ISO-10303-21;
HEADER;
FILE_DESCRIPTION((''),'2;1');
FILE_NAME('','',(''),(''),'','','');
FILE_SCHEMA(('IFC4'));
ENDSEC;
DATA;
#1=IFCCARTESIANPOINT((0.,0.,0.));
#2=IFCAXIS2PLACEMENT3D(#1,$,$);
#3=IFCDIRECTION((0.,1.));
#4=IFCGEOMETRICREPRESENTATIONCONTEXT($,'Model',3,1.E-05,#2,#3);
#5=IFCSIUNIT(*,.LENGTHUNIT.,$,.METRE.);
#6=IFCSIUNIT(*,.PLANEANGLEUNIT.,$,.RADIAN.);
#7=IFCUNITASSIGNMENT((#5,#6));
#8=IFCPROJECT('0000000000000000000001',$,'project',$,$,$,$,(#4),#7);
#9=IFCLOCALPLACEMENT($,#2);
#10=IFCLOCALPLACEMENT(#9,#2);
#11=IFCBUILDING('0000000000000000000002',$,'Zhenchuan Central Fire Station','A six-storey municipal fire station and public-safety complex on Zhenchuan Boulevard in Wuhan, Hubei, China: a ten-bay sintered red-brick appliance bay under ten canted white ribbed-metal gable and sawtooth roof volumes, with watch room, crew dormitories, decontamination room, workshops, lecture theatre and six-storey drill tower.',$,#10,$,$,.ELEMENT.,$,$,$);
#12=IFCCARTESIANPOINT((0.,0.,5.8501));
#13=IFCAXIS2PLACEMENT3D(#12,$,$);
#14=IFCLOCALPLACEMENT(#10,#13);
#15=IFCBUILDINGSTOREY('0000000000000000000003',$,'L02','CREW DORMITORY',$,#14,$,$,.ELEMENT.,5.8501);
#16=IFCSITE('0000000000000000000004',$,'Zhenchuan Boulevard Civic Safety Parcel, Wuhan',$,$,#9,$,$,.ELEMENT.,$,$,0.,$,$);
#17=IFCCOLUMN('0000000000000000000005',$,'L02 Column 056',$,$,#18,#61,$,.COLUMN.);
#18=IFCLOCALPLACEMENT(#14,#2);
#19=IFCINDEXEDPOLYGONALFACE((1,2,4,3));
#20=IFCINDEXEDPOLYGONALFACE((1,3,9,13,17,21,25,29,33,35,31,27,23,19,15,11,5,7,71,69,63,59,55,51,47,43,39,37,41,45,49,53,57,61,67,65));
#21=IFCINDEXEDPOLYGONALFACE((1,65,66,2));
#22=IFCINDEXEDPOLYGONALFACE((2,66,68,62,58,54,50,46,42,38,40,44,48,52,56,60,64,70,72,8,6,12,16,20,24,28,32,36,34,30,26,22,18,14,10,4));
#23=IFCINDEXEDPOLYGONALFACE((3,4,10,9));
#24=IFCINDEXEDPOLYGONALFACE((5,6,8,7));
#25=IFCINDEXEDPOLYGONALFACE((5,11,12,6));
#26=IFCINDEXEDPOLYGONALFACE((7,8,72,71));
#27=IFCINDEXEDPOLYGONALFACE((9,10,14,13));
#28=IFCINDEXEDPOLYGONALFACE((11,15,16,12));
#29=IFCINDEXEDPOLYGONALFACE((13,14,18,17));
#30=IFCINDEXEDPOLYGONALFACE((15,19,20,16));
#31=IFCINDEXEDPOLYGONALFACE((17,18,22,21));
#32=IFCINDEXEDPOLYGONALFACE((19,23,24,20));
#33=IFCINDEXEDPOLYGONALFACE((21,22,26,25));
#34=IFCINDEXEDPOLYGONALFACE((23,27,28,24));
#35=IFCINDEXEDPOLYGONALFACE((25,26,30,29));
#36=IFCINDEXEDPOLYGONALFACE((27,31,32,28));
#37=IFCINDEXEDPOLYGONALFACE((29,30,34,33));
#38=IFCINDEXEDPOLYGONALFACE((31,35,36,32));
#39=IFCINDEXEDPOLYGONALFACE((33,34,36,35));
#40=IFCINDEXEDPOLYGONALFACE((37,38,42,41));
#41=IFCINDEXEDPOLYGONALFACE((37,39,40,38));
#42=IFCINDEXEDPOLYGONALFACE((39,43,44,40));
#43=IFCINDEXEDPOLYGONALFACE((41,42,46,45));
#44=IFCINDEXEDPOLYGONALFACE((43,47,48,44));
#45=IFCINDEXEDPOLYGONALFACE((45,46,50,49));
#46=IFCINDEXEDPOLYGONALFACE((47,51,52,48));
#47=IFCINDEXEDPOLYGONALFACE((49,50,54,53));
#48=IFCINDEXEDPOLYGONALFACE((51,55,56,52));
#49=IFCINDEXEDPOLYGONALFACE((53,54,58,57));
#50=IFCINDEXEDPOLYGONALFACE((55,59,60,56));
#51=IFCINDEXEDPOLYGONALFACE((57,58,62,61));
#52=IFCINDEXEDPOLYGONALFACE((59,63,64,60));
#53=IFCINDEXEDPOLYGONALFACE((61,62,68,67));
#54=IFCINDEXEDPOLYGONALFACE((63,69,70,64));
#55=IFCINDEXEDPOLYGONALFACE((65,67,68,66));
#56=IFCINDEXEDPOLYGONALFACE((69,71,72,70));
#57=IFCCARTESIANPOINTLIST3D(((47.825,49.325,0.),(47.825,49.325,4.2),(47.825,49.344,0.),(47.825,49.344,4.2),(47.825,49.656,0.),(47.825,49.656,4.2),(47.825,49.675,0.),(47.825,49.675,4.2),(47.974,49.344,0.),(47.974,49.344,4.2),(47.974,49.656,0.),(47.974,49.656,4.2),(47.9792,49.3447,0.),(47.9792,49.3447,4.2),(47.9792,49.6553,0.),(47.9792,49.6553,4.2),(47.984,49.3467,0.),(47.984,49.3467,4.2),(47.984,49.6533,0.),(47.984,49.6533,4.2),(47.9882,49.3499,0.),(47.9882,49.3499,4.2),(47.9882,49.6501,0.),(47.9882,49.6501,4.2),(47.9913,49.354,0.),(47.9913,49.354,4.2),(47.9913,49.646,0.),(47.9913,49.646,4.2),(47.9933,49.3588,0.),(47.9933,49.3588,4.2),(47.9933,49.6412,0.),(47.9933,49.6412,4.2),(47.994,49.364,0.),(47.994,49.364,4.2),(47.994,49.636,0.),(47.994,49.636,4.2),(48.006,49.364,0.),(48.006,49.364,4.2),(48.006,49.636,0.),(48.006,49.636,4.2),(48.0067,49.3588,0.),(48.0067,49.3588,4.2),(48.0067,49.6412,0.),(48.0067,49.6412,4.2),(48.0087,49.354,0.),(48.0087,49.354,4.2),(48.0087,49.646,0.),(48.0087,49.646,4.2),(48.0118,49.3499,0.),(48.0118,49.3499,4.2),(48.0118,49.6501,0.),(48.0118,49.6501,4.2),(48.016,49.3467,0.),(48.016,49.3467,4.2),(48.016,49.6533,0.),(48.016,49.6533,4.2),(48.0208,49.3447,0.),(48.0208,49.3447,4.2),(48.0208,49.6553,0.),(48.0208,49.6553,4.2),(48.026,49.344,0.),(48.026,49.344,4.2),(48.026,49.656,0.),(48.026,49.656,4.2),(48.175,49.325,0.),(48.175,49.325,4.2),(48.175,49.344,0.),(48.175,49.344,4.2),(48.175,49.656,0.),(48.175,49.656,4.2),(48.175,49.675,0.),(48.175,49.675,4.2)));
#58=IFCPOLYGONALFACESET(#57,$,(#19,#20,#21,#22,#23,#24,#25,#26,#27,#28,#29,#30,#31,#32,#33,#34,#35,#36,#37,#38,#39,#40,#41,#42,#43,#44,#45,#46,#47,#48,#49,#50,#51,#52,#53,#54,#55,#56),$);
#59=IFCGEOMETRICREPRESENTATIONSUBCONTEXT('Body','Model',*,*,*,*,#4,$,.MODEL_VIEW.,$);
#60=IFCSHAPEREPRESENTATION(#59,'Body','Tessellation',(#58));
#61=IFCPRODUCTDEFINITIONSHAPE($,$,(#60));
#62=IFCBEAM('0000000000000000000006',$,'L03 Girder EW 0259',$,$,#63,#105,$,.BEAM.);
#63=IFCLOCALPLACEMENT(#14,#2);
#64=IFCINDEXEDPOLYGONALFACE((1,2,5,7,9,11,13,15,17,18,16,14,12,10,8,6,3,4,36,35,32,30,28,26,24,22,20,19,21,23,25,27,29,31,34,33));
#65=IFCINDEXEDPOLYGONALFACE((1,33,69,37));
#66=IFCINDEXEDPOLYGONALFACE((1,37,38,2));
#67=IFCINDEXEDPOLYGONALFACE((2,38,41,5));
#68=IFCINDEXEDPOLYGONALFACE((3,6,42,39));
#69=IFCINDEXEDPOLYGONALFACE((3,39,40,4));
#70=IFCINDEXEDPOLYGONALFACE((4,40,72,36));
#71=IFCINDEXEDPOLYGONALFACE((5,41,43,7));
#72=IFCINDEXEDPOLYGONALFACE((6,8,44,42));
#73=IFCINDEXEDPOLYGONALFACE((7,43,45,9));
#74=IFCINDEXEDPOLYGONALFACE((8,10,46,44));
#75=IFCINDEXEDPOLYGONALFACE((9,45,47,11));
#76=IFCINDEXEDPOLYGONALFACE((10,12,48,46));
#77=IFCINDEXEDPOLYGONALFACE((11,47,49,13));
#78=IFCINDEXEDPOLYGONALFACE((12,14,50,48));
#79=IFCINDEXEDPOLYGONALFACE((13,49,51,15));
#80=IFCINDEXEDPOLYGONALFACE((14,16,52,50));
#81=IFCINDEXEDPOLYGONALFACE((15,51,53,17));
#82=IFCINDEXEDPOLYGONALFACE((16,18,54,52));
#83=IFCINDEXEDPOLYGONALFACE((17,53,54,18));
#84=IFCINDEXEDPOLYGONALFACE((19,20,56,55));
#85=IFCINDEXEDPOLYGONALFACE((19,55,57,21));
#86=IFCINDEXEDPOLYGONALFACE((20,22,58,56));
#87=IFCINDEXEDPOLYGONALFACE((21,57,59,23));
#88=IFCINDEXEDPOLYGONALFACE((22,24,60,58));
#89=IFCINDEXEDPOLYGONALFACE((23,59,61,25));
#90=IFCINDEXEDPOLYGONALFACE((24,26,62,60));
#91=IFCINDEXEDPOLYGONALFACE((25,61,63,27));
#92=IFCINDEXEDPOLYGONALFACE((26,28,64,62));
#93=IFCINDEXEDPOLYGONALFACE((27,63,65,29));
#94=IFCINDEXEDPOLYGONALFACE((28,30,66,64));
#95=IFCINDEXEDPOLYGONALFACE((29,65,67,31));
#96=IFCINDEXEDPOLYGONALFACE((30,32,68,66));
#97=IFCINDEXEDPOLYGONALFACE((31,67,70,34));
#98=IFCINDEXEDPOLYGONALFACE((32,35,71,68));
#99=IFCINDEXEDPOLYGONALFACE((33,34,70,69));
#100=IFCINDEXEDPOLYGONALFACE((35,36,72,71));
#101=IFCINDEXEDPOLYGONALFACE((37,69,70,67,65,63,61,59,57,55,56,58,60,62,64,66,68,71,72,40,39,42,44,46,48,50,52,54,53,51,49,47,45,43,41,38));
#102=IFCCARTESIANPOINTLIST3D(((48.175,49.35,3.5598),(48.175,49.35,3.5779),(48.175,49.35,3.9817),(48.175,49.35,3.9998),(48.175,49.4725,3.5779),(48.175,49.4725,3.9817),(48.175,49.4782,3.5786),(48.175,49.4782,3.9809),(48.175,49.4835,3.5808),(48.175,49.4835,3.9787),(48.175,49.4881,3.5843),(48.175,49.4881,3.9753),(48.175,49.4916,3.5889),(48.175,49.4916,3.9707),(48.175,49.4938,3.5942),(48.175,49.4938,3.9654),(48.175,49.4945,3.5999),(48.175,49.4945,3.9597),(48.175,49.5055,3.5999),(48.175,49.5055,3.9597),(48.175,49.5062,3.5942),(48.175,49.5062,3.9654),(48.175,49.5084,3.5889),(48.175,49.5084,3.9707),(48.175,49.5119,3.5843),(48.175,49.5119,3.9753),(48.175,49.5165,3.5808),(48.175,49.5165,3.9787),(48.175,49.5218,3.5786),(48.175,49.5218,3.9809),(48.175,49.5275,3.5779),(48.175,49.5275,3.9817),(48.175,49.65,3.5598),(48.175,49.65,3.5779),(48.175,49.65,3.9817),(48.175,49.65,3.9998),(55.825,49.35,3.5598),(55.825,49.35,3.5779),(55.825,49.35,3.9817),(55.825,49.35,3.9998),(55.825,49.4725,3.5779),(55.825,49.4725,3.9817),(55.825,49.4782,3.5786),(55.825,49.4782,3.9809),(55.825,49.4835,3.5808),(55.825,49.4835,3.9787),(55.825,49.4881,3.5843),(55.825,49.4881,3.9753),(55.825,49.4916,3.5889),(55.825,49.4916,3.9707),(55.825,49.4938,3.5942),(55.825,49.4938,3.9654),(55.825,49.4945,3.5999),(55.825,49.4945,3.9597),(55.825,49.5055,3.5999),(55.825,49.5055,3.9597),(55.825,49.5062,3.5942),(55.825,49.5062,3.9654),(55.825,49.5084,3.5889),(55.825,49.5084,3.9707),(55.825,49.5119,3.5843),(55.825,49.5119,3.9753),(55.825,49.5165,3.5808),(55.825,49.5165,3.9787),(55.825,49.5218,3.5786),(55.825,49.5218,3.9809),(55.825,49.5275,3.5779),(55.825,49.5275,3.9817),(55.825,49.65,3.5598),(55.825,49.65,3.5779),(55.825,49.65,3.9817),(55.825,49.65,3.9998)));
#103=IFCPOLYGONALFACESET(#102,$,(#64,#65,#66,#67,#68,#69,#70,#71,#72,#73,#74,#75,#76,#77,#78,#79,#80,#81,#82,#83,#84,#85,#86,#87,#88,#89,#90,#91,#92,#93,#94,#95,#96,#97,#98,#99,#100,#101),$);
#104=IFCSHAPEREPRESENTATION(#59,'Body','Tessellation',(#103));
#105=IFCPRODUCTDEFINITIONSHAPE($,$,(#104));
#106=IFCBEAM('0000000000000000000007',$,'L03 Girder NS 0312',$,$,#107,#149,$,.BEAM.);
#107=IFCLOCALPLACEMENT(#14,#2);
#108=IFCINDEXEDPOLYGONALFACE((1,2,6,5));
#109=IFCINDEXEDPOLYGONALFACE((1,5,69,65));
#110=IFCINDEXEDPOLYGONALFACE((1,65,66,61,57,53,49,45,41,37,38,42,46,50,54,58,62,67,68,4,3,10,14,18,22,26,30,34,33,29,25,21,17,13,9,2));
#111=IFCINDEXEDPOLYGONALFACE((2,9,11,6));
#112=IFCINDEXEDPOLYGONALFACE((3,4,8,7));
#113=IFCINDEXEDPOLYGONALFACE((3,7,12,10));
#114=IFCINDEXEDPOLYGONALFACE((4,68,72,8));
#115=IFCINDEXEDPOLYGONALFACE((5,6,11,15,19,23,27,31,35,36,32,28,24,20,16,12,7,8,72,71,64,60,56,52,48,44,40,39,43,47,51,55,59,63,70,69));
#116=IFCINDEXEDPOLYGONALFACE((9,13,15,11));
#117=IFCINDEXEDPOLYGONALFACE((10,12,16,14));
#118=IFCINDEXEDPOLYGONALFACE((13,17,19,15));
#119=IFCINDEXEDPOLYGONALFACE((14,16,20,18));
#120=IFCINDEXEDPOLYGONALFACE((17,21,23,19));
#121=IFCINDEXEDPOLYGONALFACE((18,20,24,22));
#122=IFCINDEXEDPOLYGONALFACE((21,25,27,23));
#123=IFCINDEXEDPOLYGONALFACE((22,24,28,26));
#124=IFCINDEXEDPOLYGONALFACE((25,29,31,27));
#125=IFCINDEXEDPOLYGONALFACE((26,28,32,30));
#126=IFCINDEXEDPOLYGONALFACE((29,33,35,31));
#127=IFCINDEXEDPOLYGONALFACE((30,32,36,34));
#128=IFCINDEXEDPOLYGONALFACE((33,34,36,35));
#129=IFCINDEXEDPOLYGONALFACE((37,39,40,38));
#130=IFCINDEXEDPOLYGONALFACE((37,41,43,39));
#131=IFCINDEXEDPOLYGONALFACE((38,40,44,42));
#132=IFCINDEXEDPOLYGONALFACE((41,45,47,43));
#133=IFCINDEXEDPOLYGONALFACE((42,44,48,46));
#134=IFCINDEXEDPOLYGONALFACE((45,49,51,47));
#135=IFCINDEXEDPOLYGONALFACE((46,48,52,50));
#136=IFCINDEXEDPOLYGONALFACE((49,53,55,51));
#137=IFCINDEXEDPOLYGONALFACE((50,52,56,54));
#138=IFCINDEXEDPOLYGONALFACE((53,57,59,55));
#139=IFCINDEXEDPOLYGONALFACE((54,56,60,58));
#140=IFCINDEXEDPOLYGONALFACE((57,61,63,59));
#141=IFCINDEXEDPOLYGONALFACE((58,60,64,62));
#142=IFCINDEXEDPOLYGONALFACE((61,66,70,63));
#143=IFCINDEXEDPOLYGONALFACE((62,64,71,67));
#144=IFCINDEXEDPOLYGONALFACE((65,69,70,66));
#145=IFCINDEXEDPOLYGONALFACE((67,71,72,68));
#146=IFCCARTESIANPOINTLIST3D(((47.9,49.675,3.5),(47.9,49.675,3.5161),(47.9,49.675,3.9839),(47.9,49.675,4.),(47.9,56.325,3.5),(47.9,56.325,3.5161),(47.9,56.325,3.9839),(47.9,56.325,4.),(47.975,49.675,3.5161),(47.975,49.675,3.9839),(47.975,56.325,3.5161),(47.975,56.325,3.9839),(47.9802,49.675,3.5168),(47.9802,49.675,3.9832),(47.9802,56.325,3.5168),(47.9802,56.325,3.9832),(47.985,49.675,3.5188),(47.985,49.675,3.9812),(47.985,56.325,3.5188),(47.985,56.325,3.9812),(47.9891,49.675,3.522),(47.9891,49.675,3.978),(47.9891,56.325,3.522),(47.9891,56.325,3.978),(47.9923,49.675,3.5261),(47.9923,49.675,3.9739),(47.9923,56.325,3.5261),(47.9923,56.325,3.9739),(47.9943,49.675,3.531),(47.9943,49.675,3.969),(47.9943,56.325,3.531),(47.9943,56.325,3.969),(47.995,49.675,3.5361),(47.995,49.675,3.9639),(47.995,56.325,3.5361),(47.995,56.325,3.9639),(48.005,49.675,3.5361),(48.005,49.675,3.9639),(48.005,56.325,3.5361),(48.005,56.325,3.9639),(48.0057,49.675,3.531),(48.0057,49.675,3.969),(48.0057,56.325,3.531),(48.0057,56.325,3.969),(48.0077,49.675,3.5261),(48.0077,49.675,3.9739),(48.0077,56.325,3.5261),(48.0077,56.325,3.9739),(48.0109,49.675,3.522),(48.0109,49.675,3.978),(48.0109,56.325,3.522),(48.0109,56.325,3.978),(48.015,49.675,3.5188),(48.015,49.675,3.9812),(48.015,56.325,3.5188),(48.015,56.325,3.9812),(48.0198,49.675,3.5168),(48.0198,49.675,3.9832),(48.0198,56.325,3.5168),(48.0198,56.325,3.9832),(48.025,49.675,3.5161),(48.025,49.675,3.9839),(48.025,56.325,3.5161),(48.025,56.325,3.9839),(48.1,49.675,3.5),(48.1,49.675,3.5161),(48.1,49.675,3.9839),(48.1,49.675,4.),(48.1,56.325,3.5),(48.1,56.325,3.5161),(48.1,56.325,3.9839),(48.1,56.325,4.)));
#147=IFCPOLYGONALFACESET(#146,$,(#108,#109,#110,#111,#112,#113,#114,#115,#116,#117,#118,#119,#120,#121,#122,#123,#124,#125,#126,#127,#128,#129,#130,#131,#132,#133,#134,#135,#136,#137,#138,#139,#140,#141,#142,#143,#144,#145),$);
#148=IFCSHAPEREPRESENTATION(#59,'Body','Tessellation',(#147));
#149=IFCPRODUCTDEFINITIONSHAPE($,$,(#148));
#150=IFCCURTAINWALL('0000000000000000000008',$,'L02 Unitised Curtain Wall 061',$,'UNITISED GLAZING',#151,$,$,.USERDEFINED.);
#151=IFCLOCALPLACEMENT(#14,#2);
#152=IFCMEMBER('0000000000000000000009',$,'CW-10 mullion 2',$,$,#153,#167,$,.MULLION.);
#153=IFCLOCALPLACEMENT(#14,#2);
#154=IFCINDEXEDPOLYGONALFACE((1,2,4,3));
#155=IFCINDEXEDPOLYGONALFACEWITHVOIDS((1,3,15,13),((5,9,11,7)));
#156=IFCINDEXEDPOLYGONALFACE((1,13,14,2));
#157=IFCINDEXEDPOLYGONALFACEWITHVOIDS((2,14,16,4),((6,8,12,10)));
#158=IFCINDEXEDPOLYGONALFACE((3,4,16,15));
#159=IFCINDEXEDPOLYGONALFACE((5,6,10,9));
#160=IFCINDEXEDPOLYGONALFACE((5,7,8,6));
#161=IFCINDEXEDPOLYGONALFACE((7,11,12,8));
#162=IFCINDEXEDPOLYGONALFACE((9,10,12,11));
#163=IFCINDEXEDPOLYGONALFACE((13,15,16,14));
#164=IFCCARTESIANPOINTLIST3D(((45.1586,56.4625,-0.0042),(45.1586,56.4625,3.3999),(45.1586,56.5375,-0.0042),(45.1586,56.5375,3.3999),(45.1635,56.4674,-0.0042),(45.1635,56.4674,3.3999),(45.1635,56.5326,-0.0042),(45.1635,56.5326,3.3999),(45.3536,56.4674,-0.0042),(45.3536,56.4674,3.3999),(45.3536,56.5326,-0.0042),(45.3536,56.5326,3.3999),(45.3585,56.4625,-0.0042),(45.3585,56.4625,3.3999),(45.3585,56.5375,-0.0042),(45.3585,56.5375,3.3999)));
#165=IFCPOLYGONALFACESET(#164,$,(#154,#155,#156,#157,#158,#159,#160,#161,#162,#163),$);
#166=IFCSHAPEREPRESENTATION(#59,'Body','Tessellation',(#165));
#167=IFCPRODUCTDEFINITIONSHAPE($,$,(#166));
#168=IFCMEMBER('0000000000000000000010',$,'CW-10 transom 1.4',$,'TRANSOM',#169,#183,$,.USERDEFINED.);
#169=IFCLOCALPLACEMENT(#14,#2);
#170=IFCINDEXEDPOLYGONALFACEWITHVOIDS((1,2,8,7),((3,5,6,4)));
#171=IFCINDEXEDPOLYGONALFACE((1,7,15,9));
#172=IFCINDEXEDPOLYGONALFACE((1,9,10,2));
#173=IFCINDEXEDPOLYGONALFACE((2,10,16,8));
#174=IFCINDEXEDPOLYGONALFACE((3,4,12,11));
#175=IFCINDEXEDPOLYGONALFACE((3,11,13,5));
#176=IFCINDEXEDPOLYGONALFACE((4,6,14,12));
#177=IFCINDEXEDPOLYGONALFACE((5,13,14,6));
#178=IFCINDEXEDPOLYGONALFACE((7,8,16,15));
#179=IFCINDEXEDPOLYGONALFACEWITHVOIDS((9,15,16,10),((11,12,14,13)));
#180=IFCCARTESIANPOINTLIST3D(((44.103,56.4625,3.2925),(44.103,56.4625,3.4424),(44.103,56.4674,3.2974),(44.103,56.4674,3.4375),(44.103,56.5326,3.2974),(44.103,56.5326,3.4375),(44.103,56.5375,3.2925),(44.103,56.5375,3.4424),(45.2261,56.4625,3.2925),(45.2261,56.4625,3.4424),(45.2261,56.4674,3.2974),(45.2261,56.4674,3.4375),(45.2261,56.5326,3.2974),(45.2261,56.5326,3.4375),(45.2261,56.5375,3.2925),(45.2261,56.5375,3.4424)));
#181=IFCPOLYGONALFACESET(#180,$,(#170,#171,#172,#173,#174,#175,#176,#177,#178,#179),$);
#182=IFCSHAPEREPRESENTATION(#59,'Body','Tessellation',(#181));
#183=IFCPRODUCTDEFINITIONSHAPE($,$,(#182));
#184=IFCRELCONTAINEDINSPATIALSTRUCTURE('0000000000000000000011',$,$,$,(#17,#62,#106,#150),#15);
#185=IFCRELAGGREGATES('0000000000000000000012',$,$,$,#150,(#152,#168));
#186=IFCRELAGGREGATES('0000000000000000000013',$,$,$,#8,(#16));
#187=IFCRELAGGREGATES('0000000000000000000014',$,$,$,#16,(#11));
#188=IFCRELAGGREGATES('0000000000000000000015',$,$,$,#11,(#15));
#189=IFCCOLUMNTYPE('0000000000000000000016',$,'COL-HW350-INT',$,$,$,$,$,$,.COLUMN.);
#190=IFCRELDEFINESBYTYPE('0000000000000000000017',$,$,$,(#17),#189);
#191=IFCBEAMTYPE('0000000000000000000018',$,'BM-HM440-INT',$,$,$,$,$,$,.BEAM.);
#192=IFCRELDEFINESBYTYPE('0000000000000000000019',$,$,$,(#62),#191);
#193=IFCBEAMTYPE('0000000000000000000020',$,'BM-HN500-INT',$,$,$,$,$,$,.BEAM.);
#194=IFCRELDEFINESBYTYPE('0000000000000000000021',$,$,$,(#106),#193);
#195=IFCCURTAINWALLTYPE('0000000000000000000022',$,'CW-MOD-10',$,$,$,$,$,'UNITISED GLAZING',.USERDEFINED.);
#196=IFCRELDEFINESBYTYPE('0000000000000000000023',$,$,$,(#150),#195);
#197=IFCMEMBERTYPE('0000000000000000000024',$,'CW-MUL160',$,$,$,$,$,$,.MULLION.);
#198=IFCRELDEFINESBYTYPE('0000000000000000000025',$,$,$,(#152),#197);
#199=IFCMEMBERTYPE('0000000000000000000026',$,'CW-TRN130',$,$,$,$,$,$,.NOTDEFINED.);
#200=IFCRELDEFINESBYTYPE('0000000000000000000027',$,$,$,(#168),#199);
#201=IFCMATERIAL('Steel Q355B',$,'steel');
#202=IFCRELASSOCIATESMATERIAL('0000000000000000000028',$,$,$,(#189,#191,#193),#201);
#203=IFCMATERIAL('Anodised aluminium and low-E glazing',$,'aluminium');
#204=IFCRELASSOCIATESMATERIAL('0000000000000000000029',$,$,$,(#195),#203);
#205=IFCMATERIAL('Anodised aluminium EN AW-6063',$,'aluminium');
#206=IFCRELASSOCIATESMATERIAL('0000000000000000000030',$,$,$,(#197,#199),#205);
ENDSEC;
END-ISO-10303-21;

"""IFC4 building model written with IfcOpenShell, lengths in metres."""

from ifc_helpers import new_model, si_unit, direction, frame, origin, origin_2d, place, context, subcontext, project, spatial, hollow_rectangle, i_section, extrude, material, material_profile, profile_set, type_object, element, aggregate, save


model = new_model("IFC4")

# Units and contexts
model_context = context("Model", 3, precision=1e-05, world=origin(), true_north=direction((0.0, 1.0)))
body_context = subcontext(model_context, "Body", "Model", "MODEL_VIEW")
ifc_project = project(units=[si_unit("LENGTHUNIT", "METRE"), si_unit("PLANEANGLEUNIT", "RADIAN")], contexts=[model_context])

# Site, building, storey
site_placement = place(None, origin())
site = spatial("IfcSite", under=ifc_project, at=site_placement, Name="Zhenchuan Boulevard Civic Safety Parcel, Wuhan", CompositionType="ELEMENT", RefElevation=0.0)
building_placement = place(site_placement, origin())
building = spatial("IfcBuilding", under=site, at=building_placement, Name="Zhenchuan Central Fire Station", Description="A six-storey municipal fire station and public-safety complex on Zhenchuan Boulevard in Wuhan, Hubei, China: a ten-bay sintered red-brick appliance bay under ten canted white ribbed-metal gable and sawtooth roof volumes, with watch room, crew dormitories, decontamination room, workshops, lecture theatre and six-storey drill tower.", CompositionType="ELEMENT")
storey_placement = place(building_placement, frame((0.0, 0.0, 5.8501)))
storey = spatial("IfcBuildingStorey", under=building, at=storey_placement, Name="L02", Description="CREW DORMITORY", CompositionType="ELEMENT", Elevation=5.8501)

# Column
ifc_material_1 = material(Name="Steel Q355B", Category="steel")
ifc_material_profile_1 = material_profile(ifc_material_1, i_section(OverallWidth=0.3501, OverallDepth=0.3501, WebThickness=0.012, FlangeThickness=0.019, FilletRadius=0.02, at=origin_2d()), Name="HW 350x350")
ifc_profile_set_1 = profile_set([ifc_material_profile_1], Name="Steel Q355B")
column_type = type_object("IfcColumnType", Name="COL-HW350-INT", PredefinedType="COLUMN", material=ifc_profile_set_1)
column_placement = place(storey_placement, frame((48.0, 49.5, 0.0), z_axis=(0.0, 0.0, 1.0), x_axis=(1.0, 0.0, 0.0)))
element("IfcColumn", 1, at=column_placement, inside=storey, type_object=column_type, Name="L02 Column 056", PredefinedType="COLUMN", context=body_context, shape_type="SweptSolid", body=[
    extrude(i_section(OverallWidth=0.3501, OverallDepth=0.3501, WebThickness=0.012, FlangeThickness=0.019, FilletRadius=0.02, at=origin_2d()), origin(), (0.0, 0.0, 1.0), 4.2),
])

# Beams
ifc_material_profile_2 = material_profile(ifc_material_1, i_section(OverallWidth=0.3, OverallDepth=0.4399, WebThickness=0.011, FlangeThickness=0.0181, FilletRadius=0.022, at=origin_2d()), Name="HM 440x300")
ifc_profile_set_2 = profile_set([ifc_material_profile_2], Name="Steel Q355B")
beam_type_1 = type_object("IfcBeamType", Name="BM-HM440-INT", PredefinedType="BEAM", material=ifc_profile_set_2)
beam_1_placement = place(storey_placement, frame((48.175, 49.5, 3.7798), z_axis=(1.0, 0.0, 0.0), x_axis=(0.0, 1.0, 0.0)))
element("IfcBeam", 2, at=beam_1_placement, inside=storey, type_object=beam_type_1, Name="L03 Girder EW 0259", PredefinedType="BEAM", context=body_context, shape_type="SweptSolid", body=[
    extrude(i_section(OverallWidth=0.3, OverallDepth=0.4399, WebThickness=0.011, FlangeThickness=0.0181, FilletRadius=0.022, at=origin_2d()), origin(), (0.0, 0.0, 1.0), 7.6499),
])
ifc_material_profile_3 = material_profile(ifc_material_1, i_section(OverallWidth=0.2, OverallDepth=0.5, WebThickness=0.01, FlangeThickness=0.0161, FilletRadius=0.02, at=origin_2d()), Name="HN 500x200")
ifc_profile_set_3 = profile_set([ifc_material_profile_3], Name="Steel Q355B")
beam_type_2 = type_object("IfcBeamType", Name="BM-HN500-INT", PredefinedType="BEAM", material=ifc_profile_set_3)
beam_2_placement = place(storey_placement, frame((48.0, 49.675, 3.75), z_axis=(0.0, 1.0, 0.0), x_axis=(-1.0, 0.0, 0.0)))
element("IfcBeam", 3, at=beam_2_placement, inside=storey, type_object=beam_type_2, Name="L03 Girder NS 0312", PredefinedType="BEAM", context=body_context, shape_type="SweptSolid", body=[
    extrude(i_section(OverallWidth=0.2, OverallDepth=0.5, WebThickness=0.01, FlangeThickness=0.0161, FilletRadius=0.02, at=origin_2d()), origin(), (0.0, 0.0, 1.0), 6.6499),
])

# Curtain wall, members
ifc_material_2 = material(Name="Anodised aluminium and low-E glazing", Category="aluminium")
curtain_wall_type = type_object("IfcCurtainWallType", Name="CW-MOD-10", ElementType="UNITISED GLAZING", PredefinedType="USERDEFINED", material=ifc_material_2)
curtain_wall_placement = place(storey_placement, origin())
curtain_wall = element("IfcCurtainWall", 4, at=curtain_wall_placement, inside=storey, type_object=curtain_wall_type, Name="L02 Unitised Curtain Wall 061", ObjectType="UNITISED GLAZING", PredefinedType="USERDEFINED")
ifc_material_3 = material(Name="Anodised aluminium EN AW-6063", Category="aluminium")
ifc_material_profile_4 = material_profile(ifc_material_3, hollow_rectangle(XDim=0.075, YDim=0.2, WallThickness=0.0049, at=origin_2d()), Name="ALU-M 200x75")
ifc_profile_set_4 = profile_set([ifc_material_profile_4], Name="Anodised aluminium EN AW-6063")
member_type_1 = type_object("IfcMemberType", Name="CW-MUL160", PredefinedType="MULLION", material=ifc_profile_set_4)
member_1_placement = place(storey_placement, frame((45.2585, 56.5, -0.0042), z_axis=(0.0, 0.0, 1.0), x_axis=(0.0, 1.0, 0.0)))
member_1 = element("IfcMember", 5, at=member_1_placement, type_object=member_type_1, Name="CW-10 mullion 2", PredefinedType="MULLION", context=body_context, shape_type="SweptSolid", body=[
    extrude(hollow_rectangle(XDim=0.075, YDim=0.2, WallThickness=0.0049, at=origin_2d()), origin(), (0.0, 0.0, 1.0), 3.4041),
])
ifc_material_profile_5 = material_profile(ifc_material_3, hollow_rectangle(XDim=0.075, YDim=0.1499, WallThickness=0.0049, at=origin_2d()), Name="ALU-T 150x75")
ifc_profile_set_5 = profile_set([ifc_material_profile_5], Name="Anodised aluminium EN AW-6063")
member_type_2 = type_object("IfcMemberType", Name="CW-TRN130", PredefinedType="NOTDEFINED", material=ifc_profile_set_5)
member_2_placement = place(storey_placement, frame((44.103, 56.5, 3.3674), z_axis=(1.0, 0.0, 0.0), x_axis=(0.0, 1.0, 0.0)))
member_2 = element("IfcMember", 6, at=member_2_placement, type_object=member_type_2, Name="CW-10 transom 1.4", ObjectType="TRANSOM", PredefinedType="USERDEFINED", context=body_context, shape_type="SweptSolid", body=[
    extrude(hollow_rectangle(XDim=0.075, YDim=0.1499, WallThickness=0.0049, at=origin_2d()), origin(), (0.0, 0.0, 1.0), 1.123),
])

aggregate(curtain_wall, [member_1, member_2])

save(model, "model.ifc")
